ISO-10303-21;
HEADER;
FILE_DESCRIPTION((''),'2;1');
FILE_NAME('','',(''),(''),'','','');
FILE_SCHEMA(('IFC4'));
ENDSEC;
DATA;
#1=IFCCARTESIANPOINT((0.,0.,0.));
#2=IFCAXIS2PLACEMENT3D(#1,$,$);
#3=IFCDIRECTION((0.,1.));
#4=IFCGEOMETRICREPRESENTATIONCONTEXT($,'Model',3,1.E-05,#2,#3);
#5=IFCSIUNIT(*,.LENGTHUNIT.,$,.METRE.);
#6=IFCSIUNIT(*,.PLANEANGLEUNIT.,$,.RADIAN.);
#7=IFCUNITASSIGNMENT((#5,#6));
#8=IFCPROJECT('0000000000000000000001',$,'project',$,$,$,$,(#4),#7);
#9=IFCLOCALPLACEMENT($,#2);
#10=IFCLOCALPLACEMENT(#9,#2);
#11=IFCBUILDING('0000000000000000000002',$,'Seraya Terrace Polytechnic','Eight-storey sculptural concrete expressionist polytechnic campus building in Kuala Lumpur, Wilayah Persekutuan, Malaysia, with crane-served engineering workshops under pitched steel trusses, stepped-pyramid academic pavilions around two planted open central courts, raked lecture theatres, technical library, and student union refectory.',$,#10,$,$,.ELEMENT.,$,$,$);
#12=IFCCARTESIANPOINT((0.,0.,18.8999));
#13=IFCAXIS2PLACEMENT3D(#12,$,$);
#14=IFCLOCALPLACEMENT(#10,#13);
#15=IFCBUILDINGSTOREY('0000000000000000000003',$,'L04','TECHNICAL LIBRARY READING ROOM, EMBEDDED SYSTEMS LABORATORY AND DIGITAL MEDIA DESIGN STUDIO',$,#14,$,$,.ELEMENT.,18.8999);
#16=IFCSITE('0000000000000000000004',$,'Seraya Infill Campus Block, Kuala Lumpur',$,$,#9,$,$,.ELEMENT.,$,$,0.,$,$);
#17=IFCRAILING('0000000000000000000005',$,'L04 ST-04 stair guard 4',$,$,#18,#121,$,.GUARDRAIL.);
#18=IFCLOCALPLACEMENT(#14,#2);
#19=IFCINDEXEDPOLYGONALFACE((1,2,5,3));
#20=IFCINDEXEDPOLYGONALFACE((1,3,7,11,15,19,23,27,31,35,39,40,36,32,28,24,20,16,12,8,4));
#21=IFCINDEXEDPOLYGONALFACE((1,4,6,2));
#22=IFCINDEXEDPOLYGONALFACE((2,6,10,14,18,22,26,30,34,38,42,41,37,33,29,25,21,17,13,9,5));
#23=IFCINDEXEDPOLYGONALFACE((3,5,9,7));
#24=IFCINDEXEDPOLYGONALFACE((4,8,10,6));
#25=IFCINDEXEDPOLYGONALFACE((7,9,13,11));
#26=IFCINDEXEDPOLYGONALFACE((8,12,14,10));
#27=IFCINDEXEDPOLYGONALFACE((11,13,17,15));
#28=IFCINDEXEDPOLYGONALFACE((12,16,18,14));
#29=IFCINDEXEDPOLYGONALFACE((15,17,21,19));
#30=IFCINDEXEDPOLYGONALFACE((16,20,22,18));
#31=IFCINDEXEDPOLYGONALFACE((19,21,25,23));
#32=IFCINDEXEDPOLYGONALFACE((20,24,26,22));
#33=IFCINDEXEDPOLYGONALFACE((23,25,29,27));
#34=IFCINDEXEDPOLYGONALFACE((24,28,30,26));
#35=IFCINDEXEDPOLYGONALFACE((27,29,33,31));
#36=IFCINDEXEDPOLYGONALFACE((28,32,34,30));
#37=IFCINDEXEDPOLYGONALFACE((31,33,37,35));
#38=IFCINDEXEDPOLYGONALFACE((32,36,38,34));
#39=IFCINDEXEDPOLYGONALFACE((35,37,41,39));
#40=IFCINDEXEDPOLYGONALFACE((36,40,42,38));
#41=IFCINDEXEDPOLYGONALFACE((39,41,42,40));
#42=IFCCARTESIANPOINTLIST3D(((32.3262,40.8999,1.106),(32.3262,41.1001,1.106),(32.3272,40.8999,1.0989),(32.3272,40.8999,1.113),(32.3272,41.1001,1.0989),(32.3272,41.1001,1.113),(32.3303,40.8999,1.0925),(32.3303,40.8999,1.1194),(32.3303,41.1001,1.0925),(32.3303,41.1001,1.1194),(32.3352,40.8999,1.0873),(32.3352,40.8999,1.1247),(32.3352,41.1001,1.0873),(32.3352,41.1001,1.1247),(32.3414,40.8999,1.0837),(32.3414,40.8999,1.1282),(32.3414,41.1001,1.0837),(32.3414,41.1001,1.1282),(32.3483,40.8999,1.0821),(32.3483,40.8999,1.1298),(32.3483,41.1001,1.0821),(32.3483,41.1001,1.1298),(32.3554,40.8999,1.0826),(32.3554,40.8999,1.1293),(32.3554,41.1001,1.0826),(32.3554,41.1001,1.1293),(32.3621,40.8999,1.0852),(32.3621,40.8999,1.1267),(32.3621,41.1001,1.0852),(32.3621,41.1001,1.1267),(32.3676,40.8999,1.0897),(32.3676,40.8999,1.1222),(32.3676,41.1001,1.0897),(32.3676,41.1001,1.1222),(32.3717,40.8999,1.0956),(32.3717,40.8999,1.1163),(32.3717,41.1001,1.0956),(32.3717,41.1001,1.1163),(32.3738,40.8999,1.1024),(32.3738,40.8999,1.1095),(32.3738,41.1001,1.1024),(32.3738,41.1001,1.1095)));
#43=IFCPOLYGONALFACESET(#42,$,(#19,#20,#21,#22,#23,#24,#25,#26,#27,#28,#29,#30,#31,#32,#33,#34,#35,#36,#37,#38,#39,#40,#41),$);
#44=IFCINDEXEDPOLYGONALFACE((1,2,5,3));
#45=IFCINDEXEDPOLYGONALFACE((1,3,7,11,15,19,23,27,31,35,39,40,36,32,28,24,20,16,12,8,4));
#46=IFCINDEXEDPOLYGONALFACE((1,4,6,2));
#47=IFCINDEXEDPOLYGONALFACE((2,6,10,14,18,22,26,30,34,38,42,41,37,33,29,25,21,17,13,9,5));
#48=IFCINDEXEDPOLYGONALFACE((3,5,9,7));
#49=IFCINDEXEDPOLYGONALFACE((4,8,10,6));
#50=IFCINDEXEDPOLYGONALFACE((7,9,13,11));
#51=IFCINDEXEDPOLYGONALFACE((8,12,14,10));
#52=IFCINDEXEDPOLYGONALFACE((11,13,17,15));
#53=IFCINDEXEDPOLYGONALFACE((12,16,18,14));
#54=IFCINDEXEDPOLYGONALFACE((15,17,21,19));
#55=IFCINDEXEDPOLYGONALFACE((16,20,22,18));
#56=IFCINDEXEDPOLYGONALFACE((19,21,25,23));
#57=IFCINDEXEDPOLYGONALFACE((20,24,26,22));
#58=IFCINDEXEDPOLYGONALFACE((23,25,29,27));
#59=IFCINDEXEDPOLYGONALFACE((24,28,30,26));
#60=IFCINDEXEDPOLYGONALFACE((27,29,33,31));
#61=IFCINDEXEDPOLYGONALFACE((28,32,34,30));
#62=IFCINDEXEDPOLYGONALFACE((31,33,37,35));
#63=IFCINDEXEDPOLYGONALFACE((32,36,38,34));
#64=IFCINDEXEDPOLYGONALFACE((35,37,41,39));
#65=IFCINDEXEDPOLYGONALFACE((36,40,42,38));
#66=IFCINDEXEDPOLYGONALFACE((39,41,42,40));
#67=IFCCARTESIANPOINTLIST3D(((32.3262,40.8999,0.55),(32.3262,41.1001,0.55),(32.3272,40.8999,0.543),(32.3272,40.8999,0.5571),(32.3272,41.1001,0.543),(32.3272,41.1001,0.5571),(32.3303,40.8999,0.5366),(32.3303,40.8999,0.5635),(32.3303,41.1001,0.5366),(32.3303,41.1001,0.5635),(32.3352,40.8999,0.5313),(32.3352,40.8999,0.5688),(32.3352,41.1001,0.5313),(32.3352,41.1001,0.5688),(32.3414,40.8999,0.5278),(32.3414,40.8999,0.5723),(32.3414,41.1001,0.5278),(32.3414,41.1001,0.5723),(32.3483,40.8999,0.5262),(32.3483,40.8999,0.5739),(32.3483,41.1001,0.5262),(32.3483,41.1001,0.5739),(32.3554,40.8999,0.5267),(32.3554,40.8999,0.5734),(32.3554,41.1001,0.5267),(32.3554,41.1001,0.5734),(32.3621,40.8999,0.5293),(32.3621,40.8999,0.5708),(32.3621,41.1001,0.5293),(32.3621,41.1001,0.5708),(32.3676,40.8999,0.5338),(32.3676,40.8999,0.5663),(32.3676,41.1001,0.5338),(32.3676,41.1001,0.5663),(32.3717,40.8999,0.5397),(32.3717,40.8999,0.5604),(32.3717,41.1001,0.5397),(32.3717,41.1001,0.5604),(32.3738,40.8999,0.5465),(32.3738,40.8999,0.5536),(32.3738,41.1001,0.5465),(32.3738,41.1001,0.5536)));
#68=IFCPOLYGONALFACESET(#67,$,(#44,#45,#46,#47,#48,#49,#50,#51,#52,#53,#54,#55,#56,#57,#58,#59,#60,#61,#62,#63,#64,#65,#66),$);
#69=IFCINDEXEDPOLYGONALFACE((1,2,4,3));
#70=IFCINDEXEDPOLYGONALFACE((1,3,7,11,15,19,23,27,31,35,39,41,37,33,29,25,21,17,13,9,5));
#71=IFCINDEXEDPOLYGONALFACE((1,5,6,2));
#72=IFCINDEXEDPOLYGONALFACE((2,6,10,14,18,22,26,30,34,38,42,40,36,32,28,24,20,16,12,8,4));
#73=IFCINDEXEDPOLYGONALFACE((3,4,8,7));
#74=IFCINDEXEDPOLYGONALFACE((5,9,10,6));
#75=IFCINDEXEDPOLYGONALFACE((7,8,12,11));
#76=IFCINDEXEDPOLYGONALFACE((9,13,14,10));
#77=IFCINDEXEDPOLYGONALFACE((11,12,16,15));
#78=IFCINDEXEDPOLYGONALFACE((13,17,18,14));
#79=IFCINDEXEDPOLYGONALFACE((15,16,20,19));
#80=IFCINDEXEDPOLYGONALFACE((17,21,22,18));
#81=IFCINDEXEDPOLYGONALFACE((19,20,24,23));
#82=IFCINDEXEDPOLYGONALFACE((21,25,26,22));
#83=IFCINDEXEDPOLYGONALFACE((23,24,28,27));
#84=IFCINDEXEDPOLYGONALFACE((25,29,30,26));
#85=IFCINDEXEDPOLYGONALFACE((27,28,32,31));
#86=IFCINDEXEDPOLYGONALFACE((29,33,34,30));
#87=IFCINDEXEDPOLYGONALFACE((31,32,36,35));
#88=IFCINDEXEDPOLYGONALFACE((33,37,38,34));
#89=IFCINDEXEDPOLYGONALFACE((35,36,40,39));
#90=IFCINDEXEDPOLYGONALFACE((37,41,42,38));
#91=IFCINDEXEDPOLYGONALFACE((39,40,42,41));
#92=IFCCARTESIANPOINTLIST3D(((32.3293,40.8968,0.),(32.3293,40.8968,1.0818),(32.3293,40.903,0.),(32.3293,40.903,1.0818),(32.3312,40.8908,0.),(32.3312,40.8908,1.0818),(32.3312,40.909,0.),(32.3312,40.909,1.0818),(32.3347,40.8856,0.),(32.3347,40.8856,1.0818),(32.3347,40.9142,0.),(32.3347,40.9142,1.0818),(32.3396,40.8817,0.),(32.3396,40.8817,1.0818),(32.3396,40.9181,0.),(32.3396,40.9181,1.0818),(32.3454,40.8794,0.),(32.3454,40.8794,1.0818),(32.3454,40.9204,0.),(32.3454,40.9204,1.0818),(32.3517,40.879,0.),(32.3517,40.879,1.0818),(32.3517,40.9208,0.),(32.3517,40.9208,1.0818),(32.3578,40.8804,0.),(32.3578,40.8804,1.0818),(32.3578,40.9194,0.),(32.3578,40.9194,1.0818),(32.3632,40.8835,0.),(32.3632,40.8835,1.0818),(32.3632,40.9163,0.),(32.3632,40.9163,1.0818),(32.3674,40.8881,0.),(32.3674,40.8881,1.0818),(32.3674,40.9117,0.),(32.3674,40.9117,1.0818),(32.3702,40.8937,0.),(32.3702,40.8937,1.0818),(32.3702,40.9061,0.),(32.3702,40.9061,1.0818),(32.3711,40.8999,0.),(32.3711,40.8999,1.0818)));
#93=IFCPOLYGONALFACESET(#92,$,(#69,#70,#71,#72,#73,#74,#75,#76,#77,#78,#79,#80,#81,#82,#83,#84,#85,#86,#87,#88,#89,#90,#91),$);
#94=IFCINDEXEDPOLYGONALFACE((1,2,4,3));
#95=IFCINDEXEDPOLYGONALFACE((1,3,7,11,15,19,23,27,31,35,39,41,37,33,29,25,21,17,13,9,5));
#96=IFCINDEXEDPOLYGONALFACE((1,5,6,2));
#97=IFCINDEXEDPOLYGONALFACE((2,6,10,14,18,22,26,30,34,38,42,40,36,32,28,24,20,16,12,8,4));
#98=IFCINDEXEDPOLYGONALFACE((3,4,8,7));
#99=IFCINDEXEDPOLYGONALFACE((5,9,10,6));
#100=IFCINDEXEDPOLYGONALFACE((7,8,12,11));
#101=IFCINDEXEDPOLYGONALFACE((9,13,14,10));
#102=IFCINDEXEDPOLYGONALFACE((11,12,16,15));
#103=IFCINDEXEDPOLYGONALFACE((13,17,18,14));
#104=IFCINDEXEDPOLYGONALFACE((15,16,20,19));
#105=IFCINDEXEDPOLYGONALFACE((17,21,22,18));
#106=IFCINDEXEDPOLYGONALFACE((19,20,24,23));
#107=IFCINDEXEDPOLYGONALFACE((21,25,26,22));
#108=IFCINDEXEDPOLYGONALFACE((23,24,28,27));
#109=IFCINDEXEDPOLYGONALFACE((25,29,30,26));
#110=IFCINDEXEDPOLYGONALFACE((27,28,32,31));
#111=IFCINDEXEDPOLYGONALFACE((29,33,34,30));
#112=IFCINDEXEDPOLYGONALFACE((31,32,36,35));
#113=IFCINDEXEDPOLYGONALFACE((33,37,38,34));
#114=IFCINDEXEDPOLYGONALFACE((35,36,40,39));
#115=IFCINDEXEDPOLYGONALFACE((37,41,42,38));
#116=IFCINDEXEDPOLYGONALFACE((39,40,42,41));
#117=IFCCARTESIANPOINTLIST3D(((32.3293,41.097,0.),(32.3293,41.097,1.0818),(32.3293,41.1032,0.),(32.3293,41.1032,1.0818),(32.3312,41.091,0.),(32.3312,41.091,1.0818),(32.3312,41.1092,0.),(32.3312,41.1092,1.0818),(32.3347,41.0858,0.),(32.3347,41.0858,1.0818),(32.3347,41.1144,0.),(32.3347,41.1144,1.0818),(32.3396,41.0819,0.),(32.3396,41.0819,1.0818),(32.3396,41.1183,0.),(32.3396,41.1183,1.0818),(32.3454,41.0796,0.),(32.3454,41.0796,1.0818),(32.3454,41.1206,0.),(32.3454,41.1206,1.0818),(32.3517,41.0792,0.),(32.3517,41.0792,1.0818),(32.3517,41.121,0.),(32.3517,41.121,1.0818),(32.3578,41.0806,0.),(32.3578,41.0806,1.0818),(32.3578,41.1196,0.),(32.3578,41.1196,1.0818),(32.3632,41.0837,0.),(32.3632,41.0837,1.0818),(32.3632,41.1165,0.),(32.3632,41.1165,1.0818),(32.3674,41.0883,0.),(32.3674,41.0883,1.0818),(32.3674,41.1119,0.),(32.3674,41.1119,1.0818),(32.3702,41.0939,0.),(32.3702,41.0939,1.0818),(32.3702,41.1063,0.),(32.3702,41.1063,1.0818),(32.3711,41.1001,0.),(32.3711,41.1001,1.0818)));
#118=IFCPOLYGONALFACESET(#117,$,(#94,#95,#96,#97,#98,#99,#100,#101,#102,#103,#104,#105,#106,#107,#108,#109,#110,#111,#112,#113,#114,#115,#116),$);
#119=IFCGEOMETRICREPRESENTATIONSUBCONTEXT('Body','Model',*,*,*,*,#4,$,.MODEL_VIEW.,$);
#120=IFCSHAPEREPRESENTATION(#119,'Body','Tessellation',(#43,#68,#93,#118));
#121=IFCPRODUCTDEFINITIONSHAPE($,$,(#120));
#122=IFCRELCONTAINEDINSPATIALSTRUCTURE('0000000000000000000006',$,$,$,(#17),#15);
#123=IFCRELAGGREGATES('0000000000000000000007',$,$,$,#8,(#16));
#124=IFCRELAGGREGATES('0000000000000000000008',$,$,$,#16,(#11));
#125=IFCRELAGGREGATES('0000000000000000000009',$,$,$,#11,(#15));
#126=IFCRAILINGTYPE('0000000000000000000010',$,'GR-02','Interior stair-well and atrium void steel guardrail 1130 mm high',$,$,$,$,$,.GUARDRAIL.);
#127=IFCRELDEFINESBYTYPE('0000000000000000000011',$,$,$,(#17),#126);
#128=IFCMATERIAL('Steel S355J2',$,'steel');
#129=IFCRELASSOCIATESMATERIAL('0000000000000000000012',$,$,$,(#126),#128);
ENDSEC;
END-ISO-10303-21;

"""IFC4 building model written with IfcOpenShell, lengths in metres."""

from ifc_helpers import new_model, si_unit, direction, frame, origin, origin_2d, place, context, subcontext, project, spatial, circle, extrude, material, type_object, element, save


model = new_model("IFC4")

# Units and contexts
model_context = context("Model", 3, precision=1e-05, world=origin(), true_north=direction((0.0, 1.0)))
body_context = subcontext(model_context, "Body", "Model", "MODEL_VIEW")
ifc_project = project(units=[si_unit("LENGTHUNIT", "METRE"), si_unit("PLANEANGLEUNIT", "RADIAN")], contexts=[model_context])

# Site, building, storey
site_placement = place(None, origin())
site = spatial("IfcSite", under=ifc_project, at=site_placement, Name="Seraya Infill Campus Block, Kuala Lumpur", CompositionType="ELEMENT", RefElevation=0.0)
building_placement = place(site_placement, origin())
building = spatial("IfcBuilding", under=site, at=building_placement, Name="Seraya Terrace Polytechnic", Description="Eight-storey sculptural concrete expressionist polytechnic campus building in Kuala Lumpur, Wilayah Persekutuan, Malaysia, with crane-served engineering workshops under pitched steel trusses, stepped-pyramid academic pavilions around two planted open central courts, raked lecture theatres, technical library, and student union refectory.", CompositionType="ELEMENT")
storey_placement = place(building_placement, frame((0.0, 0.0, 18.8999)))
storey = spatial("IfcBuildingStorey", under=building, at=storey_placement, Name="L04", Description="TECHNICAL LIBRARY READING ROOM, EMBEDDED SYSTEMS LABORATORY AND DIGITAL MEDIA DESIGN STUDIO", CompositionType="ELEMENT", Elevation=18.8999)

# Shared definitions
ifc_material_1 = material(Name="Steel S355J2", Category="steel")

# Railing
railing_type_1 = type_object("IfcRailingType", Name="GR-02", Description="Interior stair-well and atrium void steel guardrail 1130 mm high", PredefinedType="GUARDRAIL", material=ifc_material_1)
railing_1_placement = place(storey_placement, frame((32.3501, 40.8999, 0.0)))
element("IfcRailing", 1, at=railing_1_placement, inside=storey, type_object=railing_type_1, Name="L04 ST-04 stair guard 4", PredefinedType="GUARDRAIL", context=body_context, shape_type="SweptSolid", body=[
    extrude(circle(Radius=0.0239, at=origin_2d()), frame((0.0, 0.0, 1.106), z_axis=(0.0, 1.0, 0.0), x_axis=(-1.0, 0.0, 0.0)), (0.0, 0.0, 1.0), 0.2002),
    extrude(circle(Radius=0.0239, at=origin_2d()), frame((0.0, 0.0, 0.55), z_axis=(0.0, 1.0, 0.0), x_axis=(-1.0, 0.0, 0.0)), (0.0, 0.0, 1.0), 0.2002),
    extrude(circle(Radius=0.021, at=origin_2d()), origin(), (0.0, 0.0, 1.0), 1.0818),
    extrude(circle(Radius=0.021, at=origin_2d()), frame((0.0, 0.2002, 0.0)), (0.0, 0.0, 1.0), 1.0818),
])

save(model, "model.ifc")
